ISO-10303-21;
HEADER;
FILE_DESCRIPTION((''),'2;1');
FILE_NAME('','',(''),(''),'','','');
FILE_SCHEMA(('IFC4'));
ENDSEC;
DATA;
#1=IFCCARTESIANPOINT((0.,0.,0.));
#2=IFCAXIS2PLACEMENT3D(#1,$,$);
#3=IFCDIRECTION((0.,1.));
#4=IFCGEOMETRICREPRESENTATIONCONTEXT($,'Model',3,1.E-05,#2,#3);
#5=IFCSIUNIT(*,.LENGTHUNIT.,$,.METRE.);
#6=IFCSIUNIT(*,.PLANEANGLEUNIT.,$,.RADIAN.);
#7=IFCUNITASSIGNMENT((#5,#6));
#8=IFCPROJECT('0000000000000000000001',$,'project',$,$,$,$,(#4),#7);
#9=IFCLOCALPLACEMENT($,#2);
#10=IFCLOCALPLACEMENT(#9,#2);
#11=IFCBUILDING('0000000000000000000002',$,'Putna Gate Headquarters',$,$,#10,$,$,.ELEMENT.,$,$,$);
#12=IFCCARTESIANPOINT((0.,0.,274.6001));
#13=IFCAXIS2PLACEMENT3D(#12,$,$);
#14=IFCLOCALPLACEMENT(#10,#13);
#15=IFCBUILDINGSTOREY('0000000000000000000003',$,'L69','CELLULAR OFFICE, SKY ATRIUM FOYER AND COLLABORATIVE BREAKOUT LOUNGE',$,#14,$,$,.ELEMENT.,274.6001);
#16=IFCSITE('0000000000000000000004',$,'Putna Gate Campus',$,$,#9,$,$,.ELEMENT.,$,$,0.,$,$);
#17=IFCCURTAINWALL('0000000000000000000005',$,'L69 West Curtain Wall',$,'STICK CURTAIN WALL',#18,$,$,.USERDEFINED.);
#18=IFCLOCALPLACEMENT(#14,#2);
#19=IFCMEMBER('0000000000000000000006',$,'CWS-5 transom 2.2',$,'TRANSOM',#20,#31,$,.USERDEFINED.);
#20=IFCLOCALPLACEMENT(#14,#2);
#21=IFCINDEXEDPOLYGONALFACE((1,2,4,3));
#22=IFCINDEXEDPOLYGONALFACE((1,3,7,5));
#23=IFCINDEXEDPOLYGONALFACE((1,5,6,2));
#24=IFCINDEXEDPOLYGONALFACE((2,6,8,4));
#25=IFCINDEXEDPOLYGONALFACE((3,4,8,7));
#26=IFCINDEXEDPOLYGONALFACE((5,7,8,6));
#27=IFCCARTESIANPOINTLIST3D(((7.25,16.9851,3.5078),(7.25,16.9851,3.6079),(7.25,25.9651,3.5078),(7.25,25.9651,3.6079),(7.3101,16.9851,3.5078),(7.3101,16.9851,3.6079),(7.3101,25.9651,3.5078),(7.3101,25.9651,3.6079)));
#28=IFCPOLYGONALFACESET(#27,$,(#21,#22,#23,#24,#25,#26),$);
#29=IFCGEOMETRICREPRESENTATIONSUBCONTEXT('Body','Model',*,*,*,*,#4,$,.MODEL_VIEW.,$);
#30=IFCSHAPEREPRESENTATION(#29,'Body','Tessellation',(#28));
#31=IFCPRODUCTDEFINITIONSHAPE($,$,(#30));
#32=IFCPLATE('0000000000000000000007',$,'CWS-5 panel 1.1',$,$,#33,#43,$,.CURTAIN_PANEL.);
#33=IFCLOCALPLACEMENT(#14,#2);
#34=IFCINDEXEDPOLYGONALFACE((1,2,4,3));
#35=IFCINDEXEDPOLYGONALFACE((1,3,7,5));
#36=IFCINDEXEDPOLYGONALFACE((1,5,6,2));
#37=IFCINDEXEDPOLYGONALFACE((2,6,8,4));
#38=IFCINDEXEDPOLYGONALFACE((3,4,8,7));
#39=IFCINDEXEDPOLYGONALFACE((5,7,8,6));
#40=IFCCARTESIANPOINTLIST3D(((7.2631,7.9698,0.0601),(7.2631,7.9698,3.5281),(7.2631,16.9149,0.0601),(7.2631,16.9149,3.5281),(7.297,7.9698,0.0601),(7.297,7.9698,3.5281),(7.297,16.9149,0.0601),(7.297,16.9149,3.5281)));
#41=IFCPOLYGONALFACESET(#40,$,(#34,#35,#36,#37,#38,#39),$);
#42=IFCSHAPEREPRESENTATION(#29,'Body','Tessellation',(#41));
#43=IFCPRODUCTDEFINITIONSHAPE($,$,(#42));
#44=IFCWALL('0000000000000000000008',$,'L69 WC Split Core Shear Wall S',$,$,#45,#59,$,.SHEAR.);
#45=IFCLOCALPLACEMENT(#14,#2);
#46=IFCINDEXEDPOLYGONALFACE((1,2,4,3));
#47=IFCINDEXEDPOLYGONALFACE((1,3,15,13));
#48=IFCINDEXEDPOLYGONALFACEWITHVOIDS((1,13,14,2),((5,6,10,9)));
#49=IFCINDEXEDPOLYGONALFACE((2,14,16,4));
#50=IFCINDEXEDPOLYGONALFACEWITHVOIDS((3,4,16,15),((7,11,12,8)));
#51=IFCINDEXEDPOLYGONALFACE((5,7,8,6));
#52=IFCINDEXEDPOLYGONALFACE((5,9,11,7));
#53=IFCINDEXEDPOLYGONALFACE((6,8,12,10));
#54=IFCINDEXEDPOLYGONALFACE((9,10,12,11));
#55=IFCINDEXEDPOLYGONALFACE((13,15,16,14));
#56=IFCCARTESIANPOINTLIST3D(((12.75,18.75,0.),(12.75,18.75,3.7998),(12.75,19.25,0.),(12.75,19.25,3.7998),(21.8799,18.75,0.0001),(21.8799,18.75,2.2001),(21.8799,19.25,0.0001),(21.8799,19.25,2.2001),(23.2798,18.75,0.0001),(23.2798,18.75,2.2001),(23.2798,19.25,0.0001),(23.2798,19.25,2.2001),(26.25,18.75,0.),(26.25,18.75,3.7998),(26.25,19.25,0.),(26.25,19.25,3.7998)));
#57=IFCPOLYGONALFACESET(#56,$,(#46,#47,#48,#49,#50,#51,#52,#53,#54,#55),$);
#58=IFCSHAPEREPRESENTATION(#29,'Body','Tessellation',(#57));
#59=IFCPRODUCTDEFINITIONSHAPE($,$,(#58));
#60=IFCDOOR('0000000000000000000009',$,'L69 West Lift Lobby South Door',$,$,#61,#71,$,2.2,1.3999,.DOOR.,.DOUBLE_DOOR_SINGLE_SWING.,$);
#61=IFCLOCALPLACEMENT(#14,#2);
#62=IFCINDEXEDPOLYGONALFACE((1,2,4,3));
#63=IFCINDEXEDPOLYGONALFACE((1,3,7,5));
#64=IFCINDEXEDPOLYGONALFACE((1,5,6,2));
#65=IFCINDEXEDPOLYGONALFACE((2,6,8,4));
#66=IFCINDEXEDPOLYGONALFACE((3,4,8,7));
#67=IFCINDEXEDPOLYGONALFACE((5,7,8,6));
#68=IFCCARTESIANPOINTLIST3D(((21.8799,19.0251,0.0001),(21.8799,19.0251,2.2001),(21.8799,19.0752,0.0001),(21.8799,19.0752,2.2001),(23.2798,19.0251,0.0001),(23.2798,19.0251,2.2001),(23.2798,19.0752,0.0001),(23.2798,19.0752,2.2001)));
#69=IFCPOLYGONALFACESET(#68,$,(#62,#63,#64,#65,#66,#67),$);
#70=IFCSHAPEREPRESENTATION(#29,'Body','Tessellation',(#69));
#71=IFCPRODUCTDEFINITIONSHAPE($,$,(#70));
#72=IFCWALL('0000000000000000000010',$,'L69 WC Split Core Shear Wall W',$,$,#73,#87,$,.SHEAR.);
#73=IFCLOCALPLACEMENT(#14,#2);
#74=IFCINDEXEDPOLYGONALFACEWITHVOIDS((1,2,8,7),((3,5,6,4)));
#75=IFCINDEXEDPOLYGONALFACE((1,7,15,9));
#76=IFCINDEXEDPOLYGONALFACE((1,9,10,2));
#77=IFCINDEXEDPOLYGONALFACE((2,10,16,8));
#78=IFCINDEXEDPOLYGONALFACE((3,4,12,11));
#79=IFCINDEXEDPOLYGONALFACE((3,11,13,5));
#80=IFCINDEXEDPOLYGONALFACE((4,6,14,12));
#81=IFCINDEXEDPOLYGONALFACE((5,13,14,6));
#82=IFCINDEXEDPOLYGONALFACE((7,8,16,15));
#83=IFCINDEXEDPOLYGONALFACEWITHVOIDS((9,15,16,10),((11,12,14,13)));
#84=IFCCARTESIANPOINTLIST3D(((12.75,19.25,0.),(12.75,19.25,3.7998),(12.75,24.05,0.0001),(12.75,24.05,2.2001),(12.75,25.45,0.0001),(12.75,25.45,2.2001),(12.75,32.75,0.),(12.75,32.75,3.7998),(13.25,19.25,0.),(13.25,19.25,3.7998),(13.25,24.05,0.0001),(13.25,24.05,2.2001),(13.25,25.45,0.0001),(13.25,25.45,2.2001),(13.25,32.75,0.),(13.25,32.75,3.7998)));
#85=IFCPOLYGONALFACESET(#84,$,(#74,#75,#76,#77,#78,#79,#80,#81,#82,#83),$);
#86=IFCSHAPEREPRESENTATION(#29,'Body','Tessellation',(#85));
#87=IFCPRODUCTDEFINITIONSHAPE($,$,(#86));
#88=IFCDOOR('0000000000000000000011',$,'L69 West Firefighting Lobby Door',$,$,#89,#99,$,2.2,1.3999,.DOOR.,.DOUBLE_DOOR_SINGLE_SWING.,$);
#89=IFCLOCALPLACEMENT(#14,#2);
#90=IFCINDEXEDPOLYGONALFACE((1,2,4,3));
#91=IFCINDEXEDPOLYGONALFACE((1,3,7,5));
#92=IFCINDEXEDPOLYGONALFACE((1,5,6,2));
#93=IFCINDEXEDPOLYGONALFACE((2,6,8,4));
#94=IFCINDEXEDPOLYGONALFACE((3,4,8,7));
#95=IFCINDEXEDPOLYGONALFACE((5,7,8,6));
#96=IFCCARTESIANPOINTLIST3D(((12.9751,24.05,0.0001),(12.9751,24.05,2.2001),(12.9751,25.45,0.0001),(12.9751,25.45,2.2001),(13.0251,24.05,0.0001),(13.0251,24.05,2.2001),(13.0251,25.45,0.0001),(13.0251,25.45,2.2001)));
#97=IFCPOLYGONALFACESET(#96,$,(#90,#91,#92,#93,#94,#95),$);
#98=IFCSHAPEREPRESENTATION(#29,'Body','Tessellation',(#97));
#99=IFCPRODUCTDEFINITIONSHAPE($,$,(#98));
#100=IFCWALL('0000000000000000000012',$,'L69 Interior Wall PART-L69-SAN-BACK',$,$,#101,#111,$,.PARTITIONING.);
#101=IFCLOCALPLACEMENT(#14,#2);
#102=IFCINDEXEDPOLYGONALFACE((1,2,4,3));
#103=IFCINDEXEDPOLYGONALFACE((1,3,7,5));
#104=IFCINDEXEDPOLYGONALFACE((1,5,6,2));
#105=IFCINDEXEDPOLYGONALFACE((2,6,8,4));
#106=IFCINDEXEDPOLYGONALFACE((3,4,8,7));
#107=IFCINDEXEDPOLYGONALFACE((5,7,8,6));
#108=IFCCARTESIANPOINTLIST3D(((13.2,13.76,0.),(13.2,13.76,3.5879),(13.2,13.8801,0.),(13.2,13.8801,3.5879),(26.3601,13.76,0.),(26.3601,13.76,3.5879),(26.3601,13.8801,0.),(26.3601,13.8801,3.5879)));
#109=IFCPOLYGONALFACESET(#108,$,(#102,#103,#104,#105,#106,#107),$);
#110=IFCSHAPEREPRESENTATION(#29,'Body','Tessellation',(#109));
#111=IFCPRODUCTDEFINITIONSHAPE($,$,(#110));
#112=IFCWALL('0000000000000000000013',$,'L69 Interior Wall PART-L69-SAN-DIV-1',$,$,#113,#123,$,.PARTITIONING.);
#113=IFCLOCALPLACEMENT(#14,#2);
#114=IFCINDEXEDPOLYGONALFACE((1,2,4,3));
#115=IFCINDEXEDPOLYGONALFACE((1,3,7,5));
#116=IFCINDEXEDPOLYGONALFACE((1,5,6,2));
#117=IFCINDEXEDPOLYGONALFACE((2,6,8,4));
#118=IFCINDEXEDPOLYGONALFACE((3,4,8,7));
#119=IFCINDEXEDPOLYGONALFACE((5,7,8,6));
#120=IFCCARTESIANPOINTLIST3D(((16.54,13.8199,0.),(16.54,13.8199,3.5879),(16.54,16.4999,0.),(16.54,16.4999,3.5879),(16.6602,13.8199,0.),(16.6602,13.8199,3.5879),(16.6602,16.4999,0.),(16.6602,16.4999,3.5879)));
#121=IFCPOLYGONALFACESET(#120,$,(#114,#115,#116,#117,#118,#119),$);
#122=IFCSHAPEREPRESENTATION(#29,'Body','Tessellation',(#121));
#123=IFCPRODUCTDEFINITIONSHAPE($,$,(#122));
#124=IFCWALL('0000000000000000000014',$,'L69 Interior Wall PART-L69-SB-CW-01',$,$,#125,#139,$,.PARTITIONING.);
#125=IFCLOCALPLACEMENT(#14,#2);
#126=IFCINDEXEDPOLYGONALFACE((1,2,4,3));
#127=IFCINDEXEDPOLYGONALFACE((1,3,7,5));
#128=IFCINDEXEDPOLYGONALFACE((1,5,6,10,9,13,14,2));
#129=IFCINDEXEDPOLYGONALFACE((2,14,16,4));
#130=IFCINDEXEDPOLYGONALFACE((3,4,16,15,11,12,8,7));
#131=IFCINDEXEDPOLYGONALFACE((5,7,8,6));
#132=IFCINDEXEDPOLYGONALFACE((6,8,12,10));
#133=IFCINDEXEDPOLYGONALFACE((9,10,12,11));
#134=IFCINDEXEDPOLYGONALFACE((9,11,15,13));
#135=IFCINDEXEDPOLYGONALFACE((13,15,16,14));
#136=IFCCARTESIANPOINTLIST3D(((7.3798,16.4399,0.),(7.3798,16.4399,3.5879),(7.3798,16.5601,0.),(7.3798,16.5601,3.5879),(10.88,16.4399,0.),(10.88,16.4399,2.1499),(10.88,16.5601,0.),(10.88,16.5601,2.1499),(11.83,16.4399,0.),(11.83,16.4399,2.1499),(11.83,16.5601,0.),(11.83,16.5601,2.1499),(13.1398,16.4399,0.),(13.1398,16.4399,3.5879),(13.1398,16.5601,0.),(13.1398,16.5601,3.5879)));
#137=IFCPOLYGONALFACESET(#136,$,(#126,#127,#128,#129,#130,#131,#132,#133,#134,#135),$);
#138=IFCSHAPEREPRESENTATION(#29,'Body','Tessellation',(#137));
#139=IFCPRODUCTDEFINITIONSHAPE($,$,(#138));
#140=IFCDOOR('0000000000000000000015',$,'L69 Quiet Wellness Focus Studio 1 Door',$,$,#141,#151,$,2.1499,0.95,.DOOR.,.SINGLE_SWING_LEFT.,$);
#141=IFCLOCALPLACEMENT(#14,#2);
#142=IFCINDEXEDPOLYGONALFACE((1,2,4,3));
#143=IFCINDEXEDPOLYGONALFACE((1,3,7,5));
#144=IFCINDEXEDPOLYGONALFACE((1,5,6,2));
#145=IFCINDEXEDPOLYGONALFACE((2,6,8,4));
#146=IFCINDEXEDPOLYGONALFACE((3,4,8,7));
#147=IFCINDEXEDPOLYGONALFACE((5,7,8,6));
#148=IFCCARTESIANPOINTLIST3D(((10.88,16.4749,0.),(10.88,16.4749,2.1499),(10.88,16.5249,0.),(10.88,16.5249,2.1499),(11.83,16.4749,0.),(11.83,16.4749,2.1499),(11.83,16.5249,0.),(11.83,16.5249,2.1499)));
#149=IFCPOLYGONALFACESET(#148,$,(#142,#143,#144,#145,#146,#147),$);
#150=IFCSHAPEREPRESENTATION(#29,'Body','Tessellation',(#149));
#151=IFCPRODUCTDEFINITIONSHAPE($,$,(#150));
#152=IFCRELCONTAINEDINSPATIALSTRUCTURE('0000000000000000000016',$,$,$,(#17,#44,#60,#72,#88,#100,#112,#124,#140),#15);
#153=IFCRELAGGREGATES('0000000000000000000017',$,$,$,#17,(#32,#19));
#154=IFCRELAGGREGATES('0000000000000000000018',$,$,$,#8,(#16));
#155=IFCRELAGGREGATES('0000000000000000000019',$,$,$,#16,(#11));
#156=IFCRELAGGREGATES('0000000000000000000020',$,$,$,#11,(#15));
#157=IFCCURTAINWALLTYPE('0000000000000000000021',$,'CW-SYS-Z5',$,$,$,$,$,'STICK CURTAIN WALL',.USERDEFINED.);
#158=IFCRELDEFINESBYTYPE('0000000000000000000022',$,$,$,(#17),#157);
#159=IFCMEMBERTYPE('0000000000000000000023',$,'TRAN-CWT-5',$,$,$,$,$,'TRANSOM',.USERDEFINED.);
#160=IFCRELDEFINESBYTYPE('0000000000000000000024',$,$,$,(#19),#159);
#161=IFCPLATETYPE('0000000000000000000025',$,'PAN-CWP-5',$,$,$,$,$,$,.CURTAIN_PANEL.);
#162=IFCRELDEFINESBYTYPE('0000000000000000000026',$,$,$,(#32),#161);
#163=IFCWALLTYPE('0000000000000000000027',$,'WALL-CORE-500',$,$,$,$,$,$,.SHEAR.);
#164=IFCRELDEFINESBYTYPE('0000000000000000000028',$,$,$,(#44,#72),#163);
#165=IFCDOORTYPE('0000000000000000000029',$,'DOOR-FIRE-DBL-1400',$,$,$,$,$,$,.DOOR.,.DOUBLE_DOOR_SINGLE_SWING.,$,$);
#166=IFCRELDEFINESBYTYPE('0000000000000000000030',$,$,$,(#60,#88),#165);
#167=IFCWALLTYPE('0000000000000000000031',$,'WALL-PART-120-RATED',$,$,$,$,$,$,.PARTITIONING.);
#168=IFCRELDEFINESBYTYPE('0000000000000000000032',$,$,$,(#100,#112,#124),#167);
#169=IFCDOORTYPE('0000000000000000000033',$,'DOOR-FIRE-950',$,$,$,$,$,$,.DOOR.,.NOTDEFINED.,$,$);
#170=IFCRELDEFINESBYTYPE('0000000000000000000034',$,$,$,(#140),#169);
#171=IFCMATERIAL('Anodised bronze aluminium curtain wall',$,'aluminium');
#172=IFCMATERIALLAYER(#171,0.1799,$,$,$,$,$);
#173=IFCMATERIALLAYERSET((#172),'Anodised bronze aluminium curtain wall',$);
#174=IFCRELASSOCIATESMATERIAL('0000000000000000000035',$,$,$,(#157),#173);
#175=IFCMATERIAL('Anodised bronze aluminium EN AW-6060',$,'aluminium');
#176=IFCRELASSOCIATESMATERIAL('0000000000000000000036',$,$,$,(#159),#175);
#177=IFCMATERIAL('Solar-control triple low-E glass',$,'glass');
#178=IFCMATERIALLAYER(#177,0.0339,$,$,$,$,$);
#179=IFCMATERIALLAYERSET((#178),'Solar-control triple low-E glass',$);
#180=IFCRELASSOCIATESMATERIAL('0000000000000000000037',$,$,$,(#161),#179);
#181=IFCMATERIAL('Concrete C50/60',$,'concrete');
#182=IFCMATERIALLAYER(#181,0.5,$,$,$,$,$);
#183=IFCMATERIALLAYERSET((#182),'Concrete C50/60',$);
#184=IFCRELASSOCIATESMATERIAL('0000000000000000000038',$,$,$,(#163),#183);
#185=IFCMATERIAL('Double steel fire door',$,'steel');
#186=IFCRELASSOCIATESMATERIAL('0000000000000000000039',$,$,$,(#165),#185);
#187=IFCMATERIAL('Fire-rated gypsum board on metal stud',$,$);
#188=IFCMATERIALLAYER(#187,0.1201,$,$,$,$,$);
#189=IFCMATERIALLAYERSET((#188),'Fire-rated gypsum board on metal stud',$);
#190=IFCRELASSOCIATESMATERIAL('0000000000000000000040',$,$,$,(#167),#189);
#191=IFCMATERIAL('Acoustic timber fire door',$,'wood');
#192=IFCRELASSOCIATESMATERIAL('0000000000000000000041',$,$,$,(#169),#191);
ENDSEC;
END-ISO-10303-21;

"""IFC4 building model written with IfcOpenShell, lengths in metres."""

from ifc_helpers import new_model, si_unit, direction, frame, frame_2d, origin, origin_2d, place, context, subcontext, project, spatial, rectangle, extrude, material, layer, layer_set, material_profile, profile_set, type_object, element, fill, aggregate, save


model = new_model("IFC4")

# Units and contexts
model_context = context("Model", 3, precision=1e-05, world=origin(), true_north=direction((0.0, 1.0)))
body_context = subcontext(model_context, "Body", "Model", "MODEL_VIEW")
ifc_project = project(units=[si_unit("LENGTHUNIT", "METRE"), si_unit("PLANEANGLEUNIT", "RADIAN")], contexts=[model_context])

# Site, building, storey
site_placement = place(None, origin())
site = spatial("IfcSite", under=ifc_project, at=site_placement, Name="Putna Gate Campus", CompositionType="ELEMENT", RefElevation=0.0)
building_placement = place(site_placement, origin())
building = spatial("IfcBuilding", under=site, at=building_placement, Name="Putna Gate Headquarters", CompositionType="ELEMENT")
storey_placement = place(building_placement, frame((0.0, 0.0, 274.6001)))
storey = spatial("IfcBuildingStorey", under=building, at=storey_placement, Name="L69", Description="CELLULAR OFFICE, SKY ATRIUM FOYER AND COLLABORATIVE BREAKOUT LOUNGE", CompositionType="ELEMENT", Elevation=274.6001)

# Curtain wall, member, plate
ifc_material_1 = material(Name="Anodised bronze aluminium curtain wall", Category="aluminium")
ifc_layer_1 = layer(ifc_material_1, 0.1799)
ifc_layer_set_1 = layer_set([ifc_layer_1], Name="Anodised bronze aluminium curtain wall")
curtain_wall_type = type_object("IfcCurtainWallType", Name="CW-SYS-Z5", ElementType="STICK CURTAIN WALL", PredefinedType="USERDEFINED", material=ifc_layer_set_1)
curtain_wall_placement = place(storey_placement, origin())
curtain_wall = element("IfcCurtainWall", 1, at=curtain_wall_placement, inside=storey, type_object=curtain_wall_type, Name="L69 West Curtain Wall", ObjectType="STICK CURTAIN WALL", PredefinedType="USERDEFINED")
ifc_material_2 = material(Name="Anodised bronze aluminium EN AW-6060", Category="aluminium")
ifc_material_profile_1 = material_profile(ifc_material_2, rectangle(XDim=0.0601, YDim=0.1001, at=origin_2d()), Name="Anodised bronze aluminium EN AW-6060")
ifc_profile_set_1 = profile_set([ifc_material_profile_1], Name="Anodised bronze aluminium EN AW-6060")
member_type_1 = type_object("IfcMemberType", Name="TRAN-CWT-5", ElementType="TRANSOM", PredefinedType="USERDEFINED", material=ifc_profile_set_1)
member_1_placement = place(storey_placement, frame((7.28, 16.9851, 3.5579), z_axis=(0.0, 1.0, 0.0), x_axis=(-1.0, 0.0, 0.0)))
member_1 = element("IfcMember", 2, at=member_1_placement, type_object=member_type_1, Name="CWS-5 transom 2.2", ObjectType="TRANSOM", PredefinedType="USERDEFINED", context=body_context, shape_type="SweptSolid", body=[
    extrude(rectangle(XDim=0.0601, YDim=0.1001, at=origin_2d()), origin(), (0.0, 0.0, 1.0), 8.98),
])
ifc_material_3 = material(Name="Solar-control triple low-E glass", Category="glass")
ifc_layer_2 = layer(ifc_material_3, 0.0339)
ifc_layer_set_2 = layer_set([ifc_layer_2], Name="Solar-control triple low-E glass")
plate_type = type_object("IfcPlateType", Name="PAN-CWP-5", PredefinedType="CURTAIN_PANEL", material=ifc_layer_set_2)
plate_placement = place(storey_placement, frame((7.28, 12.4424, 0.0601), z_axis=(0.0, 0.0, 1.0), x_axis=(0.0, 1.0, 0.0)))
plate = element("IfcPlate", 3, at=plate_placement, type_object=plate_type, Name="CWS-5 panel 1.1", PredefinedType="CURTAIN_PANEL", context=body_context, shape_type="SweptSolid", body=[
    extrude(rectangle(XDim=8.9451, YDim=0.0339, at=origin_2d()), origin(), (0.0, 0.0, 1.0), 3.468),
])
aggregate(curtain_wall, [plate, member_1])

# Walls, openings, doors
ifc_material_4 = material(Name="Concrete C50/60", Category="concrete")
ifc_layer_3 = layer(ifc_material_4, 0.5)
ifc_layer_set_3 = layer_set([ifc_layer_3], Name="Concrete C50/60")
wall_type_1 = type_object("IfcWallType", Name="WALL-CORE-500", PredefinedType="SHEAR", material=ifc_layer_set_3)
wall_1_placement = place(storey_placement, frame((12.75, 19.0, 0.0), z_axis=(0.0, 0.0, 1.0), x_axis=(1.0, 0.0, 0.0)))
wall_1 = element("IfcWall", 4, at=wall_1_placement, inside=storey, type_object=wall_type_1, Name="L69 WC Split Core Shear Wall S", PredefinedType="SHEAR", context=body_context, shape_type="SweptSolid", body=[
    extrude(rectangle(XDim=13.5, YDim=0.5, at=frame_2d((6.75, 0.0))), origin(), (0.0, 0.0, 1.0), 3.7998),
])
opening_1_placement = place(wall_1_placement, frame((9.1299, 0.0, 0.0)))
opening_1 = element("IfcOpeningElement", 5, at=opening_1_placement, cuts=wall_1, PredefinedType="OPENING", context=body_context, shape_type="SweptSolid", body=[
    extrude(rectangle(XDim=1.3999, YDim=2.2, at=frame_2d((0.7, 1.1001))), frame((0.0, 0.26, 0.0), z_axis=(0.0, -1.0, 0.0), x_axis=(1.0, 0.0, 0.0)), (0.0, 0.0, 1.0), 0.52),
])
ifc_material_5 = material(Name="Double steel fire door", Category="steel")
door_type_1 = type_object("IfcDoorType", Name="DOOR-FIRE-DBL-1400", OperationType="DOUBLE_DOOR_SINGLE_SWING", PredefinedType="DOOR", material=ifc_material_5)
door_1_placement = place(opening_1_placement, origin())
door_1 = element("IfcDoor", 6, at=door_1_placement, inside=storey, type_object=door_type_1, Name="L69 West Lift Lobby South Door", OperationType="DOUBLE_DOOR_SINGLE_SWING", OverallHeight=2.2, OverallWidth=1.3999, PredefinedType="DOOR", context=body_context, shape_type="SweptSolid", body=[
    extrude(rectangle(XDim=1.3999, YDim=2.2, at=frame_2d((0.7, 1.1001))), frame((0.0, 0.0752, 0.0), z_axis=(0.0, -1.0, 0.0), x_axis=(1.0, 0.0, 0.0)), (0.0, 0.0, 1.0), 0.05),
])
fill(opening_1, door_1)
wall_2_placement = place(storey_placement, frame((13.0, 19.25, 0.0), z_axis=(0.0, 0.0, 1.0), x_axis=(0.0, 1.0, 0.0)))
wall_2 = element("IfcWall", 7, at=wall_2_placement, inside=storey, type_object=wall_type_1, Name="L69 WC Split Core Shear Wall W", PredefinedType="SHEAR", context=body_context, shape_type="SweptSolid", body=[
    extrude(rectangle(XDim=13.5, YDim=0.5, at=frame_2d((6.75, 0.0))), origin(), (0.0, 0.0, 1.0), 3.7998),
])
opening_2_placement = place(wall_2_placement, frame((4.8, 0.0, 0.0)))
opening_2 = element("IfcOpeningElement", 8, at=opening_2_placement, cuts=wall_2, PredefinedType="OPENING", context=body_context, shape_type="SweptSolid", body=[
    extrude(rectangle(XDim=1.3999, YDim=2.2, at=frame_2d((0.7, 1.1001))), frame((0.0, 0.26, 0.0), z_axis=(0.0, -1.0, 0.0), x_axis=(1.0, 0.0, 0.0)), (0.0, 0.0, 1.0), 0.52),
])
door_2_placement = place(opening_2_placement, origin())
door_2 = element("IfcDoor", 9, at=door_2_placement, inside=storey, type_object=door_type_1, Name="L69 West Firefighting Lobby Door", OperationType="DOUBLE_DOOR_SINGLE_SWING", OverallHeight=2.2, OverallWidth=1.3999, PredefinedType="DOOR", context=body_context, shape_type="SweptSolid", body=[
    extrude(rectangle(XDim=1.3999, YDim=2.2, at=frame_2d((0.7, 1.1001))), frame((0.0, 0.0249, 0.0), z_axis=(0.0, -1.0, 0.0), x_axis=(1.0, 0.0, 0.0)), (0.0, 0.0, 1.0), 0.05),
])
fill(opening_2, door_2)

# Shared definitions
ifc_material_6 = material(Name="Fire-rated gypsum board on metal stud")
ifc_layer_4 = layer(ifc_material_6, 0.1201)
ifc_layer_set_4 = layer_set([ifc_layer_4], Name="Fire-rated gypsum board on metal stud")
wall_type_2 = type_object("IfcWallType", Name="WALL-PART-120-RATED", PredefinedType="PARTITIONING", material=ifc_layer_set_4)
ifc_material_7 = material(Name="Acoustic timber fire door", Category="wood")
door_type_2 = type_object("IfcDoorType", Name="DOOR-FIRE-950", OperationType="NOTDEFINED", PredefinedType="DOOR", material=ifc_material_7)

# Walls
wall_3_placement = place(storey_placement, frame((13.2, 13.8201, 0.0), z_axis=(0.0, 0.0, 1.0), x_axis=(1.0, 0.0, 0.0)))
element("IfcWall", 10, at=wall_3_placement, inside=storey, type_object=wall_type_2, Name="L69 Interior Wall PART-L69-SAN-BACK", PredefinedType="PARTITIONING", context=body_context, shape_type="SweptSolid", body=[
    extrude(rectangle(XDim=13.1602, YDim=0.1201, at=frame_2d((6.5801, 0.0))), origin(), (0.0, 0.0, 1.0), 3.5879),
])
wall_4_placement = place(storey_placement, frame((16.6001, 13.8201, 0.0), z_axis=(0.0, 0.0, 1.0), x_axis=(0.0, 1.0, 0.0)))
element("IfcWall", 11, at=wall_4_placement, inside=storey, type_object=wall_type_2, Name="L69 Interior Wall PART-L69-SAN-DIV-1", PredefinedType="PARTITIONING", context=body_context, shape_type="SweptSolid", body=[
    extrude(rectangle(XDim=2.6799, YDim=0.1201, at=frame_2d((1.3398, 0.0))), origin(), (0.0, 0.0, 1.0), 3.5879),
])

# Wall, opening, door
wall_5_placement = place(storey_placement, frame((7.3799, 16.5, 0.0), z_axis=(0.0, 0.0, 1.0), x_axis=(1.0, 0.0, 0.0)))
wall_5 = element("IfcWall", 12, at=wall_5_placement, inside=storey, type_object=wall_type_2, Name="L69 Interior Wall PART-L69-SB-CW-01", PredefinedType="PARTITIONING", context=body_context, shape_type="SweptSolid", body=[
    extrude(rectangle(XDim=5.76, YDim=0.1201, at=frame_2d((2.8799, 0.0))), origin(), (0.0, 0.0, 1.0), 3.5879),
])
opening_3_placement = place(wall_5_placement, frame((3.5, 0.0, 0.0)))
opening_3 = element("IfcOpeningElement", 13, at=opening_3_placement, cuts=wall_5, PredefinedType="OPENING", context=body_context, shape_type="SweptSolid", body=[
    extrude(rectangle(XDim=0.95, YDim=2.1499, at=frame_2d((0.4751, 1.075))), frame((0.0, 0.0701, 0.0), z_axis=(0.0, -1.0, 0.0), x_axis=(1.0, 0.0, 0.0)), (0.0, 0.0, 1.0), 0.1401),
])
door_3_placement = place(opening_3_placement, origin())
door_3 = element("IfcDoor", 14, at=door_3_placement, inside=storey, type_object=door_type_2, Name="L69 Quiet Wellness Focus Studio 1 Door", OperationType="SINGLE_SWING_LEFT", OverallHeight=2.1499, OverallWidth=0.95, PredefinedType="DOOR", context=body_context, shape_type="SweptSolid", body=[
    extrude(rectangle(XDim=0.95, YDim=2.1499, at=frame_2d((0.4751, 1.075))), frame((0.0, 0.0249, 0.0), z_axis=(0.0, -1.0, 0.0), x_axis=(1.0, 0.0, 0.0)), (0.0, 0.0, 1.0), 0.05),
])
fill(opening_3, door_3)

save(model, "model.ifc")
